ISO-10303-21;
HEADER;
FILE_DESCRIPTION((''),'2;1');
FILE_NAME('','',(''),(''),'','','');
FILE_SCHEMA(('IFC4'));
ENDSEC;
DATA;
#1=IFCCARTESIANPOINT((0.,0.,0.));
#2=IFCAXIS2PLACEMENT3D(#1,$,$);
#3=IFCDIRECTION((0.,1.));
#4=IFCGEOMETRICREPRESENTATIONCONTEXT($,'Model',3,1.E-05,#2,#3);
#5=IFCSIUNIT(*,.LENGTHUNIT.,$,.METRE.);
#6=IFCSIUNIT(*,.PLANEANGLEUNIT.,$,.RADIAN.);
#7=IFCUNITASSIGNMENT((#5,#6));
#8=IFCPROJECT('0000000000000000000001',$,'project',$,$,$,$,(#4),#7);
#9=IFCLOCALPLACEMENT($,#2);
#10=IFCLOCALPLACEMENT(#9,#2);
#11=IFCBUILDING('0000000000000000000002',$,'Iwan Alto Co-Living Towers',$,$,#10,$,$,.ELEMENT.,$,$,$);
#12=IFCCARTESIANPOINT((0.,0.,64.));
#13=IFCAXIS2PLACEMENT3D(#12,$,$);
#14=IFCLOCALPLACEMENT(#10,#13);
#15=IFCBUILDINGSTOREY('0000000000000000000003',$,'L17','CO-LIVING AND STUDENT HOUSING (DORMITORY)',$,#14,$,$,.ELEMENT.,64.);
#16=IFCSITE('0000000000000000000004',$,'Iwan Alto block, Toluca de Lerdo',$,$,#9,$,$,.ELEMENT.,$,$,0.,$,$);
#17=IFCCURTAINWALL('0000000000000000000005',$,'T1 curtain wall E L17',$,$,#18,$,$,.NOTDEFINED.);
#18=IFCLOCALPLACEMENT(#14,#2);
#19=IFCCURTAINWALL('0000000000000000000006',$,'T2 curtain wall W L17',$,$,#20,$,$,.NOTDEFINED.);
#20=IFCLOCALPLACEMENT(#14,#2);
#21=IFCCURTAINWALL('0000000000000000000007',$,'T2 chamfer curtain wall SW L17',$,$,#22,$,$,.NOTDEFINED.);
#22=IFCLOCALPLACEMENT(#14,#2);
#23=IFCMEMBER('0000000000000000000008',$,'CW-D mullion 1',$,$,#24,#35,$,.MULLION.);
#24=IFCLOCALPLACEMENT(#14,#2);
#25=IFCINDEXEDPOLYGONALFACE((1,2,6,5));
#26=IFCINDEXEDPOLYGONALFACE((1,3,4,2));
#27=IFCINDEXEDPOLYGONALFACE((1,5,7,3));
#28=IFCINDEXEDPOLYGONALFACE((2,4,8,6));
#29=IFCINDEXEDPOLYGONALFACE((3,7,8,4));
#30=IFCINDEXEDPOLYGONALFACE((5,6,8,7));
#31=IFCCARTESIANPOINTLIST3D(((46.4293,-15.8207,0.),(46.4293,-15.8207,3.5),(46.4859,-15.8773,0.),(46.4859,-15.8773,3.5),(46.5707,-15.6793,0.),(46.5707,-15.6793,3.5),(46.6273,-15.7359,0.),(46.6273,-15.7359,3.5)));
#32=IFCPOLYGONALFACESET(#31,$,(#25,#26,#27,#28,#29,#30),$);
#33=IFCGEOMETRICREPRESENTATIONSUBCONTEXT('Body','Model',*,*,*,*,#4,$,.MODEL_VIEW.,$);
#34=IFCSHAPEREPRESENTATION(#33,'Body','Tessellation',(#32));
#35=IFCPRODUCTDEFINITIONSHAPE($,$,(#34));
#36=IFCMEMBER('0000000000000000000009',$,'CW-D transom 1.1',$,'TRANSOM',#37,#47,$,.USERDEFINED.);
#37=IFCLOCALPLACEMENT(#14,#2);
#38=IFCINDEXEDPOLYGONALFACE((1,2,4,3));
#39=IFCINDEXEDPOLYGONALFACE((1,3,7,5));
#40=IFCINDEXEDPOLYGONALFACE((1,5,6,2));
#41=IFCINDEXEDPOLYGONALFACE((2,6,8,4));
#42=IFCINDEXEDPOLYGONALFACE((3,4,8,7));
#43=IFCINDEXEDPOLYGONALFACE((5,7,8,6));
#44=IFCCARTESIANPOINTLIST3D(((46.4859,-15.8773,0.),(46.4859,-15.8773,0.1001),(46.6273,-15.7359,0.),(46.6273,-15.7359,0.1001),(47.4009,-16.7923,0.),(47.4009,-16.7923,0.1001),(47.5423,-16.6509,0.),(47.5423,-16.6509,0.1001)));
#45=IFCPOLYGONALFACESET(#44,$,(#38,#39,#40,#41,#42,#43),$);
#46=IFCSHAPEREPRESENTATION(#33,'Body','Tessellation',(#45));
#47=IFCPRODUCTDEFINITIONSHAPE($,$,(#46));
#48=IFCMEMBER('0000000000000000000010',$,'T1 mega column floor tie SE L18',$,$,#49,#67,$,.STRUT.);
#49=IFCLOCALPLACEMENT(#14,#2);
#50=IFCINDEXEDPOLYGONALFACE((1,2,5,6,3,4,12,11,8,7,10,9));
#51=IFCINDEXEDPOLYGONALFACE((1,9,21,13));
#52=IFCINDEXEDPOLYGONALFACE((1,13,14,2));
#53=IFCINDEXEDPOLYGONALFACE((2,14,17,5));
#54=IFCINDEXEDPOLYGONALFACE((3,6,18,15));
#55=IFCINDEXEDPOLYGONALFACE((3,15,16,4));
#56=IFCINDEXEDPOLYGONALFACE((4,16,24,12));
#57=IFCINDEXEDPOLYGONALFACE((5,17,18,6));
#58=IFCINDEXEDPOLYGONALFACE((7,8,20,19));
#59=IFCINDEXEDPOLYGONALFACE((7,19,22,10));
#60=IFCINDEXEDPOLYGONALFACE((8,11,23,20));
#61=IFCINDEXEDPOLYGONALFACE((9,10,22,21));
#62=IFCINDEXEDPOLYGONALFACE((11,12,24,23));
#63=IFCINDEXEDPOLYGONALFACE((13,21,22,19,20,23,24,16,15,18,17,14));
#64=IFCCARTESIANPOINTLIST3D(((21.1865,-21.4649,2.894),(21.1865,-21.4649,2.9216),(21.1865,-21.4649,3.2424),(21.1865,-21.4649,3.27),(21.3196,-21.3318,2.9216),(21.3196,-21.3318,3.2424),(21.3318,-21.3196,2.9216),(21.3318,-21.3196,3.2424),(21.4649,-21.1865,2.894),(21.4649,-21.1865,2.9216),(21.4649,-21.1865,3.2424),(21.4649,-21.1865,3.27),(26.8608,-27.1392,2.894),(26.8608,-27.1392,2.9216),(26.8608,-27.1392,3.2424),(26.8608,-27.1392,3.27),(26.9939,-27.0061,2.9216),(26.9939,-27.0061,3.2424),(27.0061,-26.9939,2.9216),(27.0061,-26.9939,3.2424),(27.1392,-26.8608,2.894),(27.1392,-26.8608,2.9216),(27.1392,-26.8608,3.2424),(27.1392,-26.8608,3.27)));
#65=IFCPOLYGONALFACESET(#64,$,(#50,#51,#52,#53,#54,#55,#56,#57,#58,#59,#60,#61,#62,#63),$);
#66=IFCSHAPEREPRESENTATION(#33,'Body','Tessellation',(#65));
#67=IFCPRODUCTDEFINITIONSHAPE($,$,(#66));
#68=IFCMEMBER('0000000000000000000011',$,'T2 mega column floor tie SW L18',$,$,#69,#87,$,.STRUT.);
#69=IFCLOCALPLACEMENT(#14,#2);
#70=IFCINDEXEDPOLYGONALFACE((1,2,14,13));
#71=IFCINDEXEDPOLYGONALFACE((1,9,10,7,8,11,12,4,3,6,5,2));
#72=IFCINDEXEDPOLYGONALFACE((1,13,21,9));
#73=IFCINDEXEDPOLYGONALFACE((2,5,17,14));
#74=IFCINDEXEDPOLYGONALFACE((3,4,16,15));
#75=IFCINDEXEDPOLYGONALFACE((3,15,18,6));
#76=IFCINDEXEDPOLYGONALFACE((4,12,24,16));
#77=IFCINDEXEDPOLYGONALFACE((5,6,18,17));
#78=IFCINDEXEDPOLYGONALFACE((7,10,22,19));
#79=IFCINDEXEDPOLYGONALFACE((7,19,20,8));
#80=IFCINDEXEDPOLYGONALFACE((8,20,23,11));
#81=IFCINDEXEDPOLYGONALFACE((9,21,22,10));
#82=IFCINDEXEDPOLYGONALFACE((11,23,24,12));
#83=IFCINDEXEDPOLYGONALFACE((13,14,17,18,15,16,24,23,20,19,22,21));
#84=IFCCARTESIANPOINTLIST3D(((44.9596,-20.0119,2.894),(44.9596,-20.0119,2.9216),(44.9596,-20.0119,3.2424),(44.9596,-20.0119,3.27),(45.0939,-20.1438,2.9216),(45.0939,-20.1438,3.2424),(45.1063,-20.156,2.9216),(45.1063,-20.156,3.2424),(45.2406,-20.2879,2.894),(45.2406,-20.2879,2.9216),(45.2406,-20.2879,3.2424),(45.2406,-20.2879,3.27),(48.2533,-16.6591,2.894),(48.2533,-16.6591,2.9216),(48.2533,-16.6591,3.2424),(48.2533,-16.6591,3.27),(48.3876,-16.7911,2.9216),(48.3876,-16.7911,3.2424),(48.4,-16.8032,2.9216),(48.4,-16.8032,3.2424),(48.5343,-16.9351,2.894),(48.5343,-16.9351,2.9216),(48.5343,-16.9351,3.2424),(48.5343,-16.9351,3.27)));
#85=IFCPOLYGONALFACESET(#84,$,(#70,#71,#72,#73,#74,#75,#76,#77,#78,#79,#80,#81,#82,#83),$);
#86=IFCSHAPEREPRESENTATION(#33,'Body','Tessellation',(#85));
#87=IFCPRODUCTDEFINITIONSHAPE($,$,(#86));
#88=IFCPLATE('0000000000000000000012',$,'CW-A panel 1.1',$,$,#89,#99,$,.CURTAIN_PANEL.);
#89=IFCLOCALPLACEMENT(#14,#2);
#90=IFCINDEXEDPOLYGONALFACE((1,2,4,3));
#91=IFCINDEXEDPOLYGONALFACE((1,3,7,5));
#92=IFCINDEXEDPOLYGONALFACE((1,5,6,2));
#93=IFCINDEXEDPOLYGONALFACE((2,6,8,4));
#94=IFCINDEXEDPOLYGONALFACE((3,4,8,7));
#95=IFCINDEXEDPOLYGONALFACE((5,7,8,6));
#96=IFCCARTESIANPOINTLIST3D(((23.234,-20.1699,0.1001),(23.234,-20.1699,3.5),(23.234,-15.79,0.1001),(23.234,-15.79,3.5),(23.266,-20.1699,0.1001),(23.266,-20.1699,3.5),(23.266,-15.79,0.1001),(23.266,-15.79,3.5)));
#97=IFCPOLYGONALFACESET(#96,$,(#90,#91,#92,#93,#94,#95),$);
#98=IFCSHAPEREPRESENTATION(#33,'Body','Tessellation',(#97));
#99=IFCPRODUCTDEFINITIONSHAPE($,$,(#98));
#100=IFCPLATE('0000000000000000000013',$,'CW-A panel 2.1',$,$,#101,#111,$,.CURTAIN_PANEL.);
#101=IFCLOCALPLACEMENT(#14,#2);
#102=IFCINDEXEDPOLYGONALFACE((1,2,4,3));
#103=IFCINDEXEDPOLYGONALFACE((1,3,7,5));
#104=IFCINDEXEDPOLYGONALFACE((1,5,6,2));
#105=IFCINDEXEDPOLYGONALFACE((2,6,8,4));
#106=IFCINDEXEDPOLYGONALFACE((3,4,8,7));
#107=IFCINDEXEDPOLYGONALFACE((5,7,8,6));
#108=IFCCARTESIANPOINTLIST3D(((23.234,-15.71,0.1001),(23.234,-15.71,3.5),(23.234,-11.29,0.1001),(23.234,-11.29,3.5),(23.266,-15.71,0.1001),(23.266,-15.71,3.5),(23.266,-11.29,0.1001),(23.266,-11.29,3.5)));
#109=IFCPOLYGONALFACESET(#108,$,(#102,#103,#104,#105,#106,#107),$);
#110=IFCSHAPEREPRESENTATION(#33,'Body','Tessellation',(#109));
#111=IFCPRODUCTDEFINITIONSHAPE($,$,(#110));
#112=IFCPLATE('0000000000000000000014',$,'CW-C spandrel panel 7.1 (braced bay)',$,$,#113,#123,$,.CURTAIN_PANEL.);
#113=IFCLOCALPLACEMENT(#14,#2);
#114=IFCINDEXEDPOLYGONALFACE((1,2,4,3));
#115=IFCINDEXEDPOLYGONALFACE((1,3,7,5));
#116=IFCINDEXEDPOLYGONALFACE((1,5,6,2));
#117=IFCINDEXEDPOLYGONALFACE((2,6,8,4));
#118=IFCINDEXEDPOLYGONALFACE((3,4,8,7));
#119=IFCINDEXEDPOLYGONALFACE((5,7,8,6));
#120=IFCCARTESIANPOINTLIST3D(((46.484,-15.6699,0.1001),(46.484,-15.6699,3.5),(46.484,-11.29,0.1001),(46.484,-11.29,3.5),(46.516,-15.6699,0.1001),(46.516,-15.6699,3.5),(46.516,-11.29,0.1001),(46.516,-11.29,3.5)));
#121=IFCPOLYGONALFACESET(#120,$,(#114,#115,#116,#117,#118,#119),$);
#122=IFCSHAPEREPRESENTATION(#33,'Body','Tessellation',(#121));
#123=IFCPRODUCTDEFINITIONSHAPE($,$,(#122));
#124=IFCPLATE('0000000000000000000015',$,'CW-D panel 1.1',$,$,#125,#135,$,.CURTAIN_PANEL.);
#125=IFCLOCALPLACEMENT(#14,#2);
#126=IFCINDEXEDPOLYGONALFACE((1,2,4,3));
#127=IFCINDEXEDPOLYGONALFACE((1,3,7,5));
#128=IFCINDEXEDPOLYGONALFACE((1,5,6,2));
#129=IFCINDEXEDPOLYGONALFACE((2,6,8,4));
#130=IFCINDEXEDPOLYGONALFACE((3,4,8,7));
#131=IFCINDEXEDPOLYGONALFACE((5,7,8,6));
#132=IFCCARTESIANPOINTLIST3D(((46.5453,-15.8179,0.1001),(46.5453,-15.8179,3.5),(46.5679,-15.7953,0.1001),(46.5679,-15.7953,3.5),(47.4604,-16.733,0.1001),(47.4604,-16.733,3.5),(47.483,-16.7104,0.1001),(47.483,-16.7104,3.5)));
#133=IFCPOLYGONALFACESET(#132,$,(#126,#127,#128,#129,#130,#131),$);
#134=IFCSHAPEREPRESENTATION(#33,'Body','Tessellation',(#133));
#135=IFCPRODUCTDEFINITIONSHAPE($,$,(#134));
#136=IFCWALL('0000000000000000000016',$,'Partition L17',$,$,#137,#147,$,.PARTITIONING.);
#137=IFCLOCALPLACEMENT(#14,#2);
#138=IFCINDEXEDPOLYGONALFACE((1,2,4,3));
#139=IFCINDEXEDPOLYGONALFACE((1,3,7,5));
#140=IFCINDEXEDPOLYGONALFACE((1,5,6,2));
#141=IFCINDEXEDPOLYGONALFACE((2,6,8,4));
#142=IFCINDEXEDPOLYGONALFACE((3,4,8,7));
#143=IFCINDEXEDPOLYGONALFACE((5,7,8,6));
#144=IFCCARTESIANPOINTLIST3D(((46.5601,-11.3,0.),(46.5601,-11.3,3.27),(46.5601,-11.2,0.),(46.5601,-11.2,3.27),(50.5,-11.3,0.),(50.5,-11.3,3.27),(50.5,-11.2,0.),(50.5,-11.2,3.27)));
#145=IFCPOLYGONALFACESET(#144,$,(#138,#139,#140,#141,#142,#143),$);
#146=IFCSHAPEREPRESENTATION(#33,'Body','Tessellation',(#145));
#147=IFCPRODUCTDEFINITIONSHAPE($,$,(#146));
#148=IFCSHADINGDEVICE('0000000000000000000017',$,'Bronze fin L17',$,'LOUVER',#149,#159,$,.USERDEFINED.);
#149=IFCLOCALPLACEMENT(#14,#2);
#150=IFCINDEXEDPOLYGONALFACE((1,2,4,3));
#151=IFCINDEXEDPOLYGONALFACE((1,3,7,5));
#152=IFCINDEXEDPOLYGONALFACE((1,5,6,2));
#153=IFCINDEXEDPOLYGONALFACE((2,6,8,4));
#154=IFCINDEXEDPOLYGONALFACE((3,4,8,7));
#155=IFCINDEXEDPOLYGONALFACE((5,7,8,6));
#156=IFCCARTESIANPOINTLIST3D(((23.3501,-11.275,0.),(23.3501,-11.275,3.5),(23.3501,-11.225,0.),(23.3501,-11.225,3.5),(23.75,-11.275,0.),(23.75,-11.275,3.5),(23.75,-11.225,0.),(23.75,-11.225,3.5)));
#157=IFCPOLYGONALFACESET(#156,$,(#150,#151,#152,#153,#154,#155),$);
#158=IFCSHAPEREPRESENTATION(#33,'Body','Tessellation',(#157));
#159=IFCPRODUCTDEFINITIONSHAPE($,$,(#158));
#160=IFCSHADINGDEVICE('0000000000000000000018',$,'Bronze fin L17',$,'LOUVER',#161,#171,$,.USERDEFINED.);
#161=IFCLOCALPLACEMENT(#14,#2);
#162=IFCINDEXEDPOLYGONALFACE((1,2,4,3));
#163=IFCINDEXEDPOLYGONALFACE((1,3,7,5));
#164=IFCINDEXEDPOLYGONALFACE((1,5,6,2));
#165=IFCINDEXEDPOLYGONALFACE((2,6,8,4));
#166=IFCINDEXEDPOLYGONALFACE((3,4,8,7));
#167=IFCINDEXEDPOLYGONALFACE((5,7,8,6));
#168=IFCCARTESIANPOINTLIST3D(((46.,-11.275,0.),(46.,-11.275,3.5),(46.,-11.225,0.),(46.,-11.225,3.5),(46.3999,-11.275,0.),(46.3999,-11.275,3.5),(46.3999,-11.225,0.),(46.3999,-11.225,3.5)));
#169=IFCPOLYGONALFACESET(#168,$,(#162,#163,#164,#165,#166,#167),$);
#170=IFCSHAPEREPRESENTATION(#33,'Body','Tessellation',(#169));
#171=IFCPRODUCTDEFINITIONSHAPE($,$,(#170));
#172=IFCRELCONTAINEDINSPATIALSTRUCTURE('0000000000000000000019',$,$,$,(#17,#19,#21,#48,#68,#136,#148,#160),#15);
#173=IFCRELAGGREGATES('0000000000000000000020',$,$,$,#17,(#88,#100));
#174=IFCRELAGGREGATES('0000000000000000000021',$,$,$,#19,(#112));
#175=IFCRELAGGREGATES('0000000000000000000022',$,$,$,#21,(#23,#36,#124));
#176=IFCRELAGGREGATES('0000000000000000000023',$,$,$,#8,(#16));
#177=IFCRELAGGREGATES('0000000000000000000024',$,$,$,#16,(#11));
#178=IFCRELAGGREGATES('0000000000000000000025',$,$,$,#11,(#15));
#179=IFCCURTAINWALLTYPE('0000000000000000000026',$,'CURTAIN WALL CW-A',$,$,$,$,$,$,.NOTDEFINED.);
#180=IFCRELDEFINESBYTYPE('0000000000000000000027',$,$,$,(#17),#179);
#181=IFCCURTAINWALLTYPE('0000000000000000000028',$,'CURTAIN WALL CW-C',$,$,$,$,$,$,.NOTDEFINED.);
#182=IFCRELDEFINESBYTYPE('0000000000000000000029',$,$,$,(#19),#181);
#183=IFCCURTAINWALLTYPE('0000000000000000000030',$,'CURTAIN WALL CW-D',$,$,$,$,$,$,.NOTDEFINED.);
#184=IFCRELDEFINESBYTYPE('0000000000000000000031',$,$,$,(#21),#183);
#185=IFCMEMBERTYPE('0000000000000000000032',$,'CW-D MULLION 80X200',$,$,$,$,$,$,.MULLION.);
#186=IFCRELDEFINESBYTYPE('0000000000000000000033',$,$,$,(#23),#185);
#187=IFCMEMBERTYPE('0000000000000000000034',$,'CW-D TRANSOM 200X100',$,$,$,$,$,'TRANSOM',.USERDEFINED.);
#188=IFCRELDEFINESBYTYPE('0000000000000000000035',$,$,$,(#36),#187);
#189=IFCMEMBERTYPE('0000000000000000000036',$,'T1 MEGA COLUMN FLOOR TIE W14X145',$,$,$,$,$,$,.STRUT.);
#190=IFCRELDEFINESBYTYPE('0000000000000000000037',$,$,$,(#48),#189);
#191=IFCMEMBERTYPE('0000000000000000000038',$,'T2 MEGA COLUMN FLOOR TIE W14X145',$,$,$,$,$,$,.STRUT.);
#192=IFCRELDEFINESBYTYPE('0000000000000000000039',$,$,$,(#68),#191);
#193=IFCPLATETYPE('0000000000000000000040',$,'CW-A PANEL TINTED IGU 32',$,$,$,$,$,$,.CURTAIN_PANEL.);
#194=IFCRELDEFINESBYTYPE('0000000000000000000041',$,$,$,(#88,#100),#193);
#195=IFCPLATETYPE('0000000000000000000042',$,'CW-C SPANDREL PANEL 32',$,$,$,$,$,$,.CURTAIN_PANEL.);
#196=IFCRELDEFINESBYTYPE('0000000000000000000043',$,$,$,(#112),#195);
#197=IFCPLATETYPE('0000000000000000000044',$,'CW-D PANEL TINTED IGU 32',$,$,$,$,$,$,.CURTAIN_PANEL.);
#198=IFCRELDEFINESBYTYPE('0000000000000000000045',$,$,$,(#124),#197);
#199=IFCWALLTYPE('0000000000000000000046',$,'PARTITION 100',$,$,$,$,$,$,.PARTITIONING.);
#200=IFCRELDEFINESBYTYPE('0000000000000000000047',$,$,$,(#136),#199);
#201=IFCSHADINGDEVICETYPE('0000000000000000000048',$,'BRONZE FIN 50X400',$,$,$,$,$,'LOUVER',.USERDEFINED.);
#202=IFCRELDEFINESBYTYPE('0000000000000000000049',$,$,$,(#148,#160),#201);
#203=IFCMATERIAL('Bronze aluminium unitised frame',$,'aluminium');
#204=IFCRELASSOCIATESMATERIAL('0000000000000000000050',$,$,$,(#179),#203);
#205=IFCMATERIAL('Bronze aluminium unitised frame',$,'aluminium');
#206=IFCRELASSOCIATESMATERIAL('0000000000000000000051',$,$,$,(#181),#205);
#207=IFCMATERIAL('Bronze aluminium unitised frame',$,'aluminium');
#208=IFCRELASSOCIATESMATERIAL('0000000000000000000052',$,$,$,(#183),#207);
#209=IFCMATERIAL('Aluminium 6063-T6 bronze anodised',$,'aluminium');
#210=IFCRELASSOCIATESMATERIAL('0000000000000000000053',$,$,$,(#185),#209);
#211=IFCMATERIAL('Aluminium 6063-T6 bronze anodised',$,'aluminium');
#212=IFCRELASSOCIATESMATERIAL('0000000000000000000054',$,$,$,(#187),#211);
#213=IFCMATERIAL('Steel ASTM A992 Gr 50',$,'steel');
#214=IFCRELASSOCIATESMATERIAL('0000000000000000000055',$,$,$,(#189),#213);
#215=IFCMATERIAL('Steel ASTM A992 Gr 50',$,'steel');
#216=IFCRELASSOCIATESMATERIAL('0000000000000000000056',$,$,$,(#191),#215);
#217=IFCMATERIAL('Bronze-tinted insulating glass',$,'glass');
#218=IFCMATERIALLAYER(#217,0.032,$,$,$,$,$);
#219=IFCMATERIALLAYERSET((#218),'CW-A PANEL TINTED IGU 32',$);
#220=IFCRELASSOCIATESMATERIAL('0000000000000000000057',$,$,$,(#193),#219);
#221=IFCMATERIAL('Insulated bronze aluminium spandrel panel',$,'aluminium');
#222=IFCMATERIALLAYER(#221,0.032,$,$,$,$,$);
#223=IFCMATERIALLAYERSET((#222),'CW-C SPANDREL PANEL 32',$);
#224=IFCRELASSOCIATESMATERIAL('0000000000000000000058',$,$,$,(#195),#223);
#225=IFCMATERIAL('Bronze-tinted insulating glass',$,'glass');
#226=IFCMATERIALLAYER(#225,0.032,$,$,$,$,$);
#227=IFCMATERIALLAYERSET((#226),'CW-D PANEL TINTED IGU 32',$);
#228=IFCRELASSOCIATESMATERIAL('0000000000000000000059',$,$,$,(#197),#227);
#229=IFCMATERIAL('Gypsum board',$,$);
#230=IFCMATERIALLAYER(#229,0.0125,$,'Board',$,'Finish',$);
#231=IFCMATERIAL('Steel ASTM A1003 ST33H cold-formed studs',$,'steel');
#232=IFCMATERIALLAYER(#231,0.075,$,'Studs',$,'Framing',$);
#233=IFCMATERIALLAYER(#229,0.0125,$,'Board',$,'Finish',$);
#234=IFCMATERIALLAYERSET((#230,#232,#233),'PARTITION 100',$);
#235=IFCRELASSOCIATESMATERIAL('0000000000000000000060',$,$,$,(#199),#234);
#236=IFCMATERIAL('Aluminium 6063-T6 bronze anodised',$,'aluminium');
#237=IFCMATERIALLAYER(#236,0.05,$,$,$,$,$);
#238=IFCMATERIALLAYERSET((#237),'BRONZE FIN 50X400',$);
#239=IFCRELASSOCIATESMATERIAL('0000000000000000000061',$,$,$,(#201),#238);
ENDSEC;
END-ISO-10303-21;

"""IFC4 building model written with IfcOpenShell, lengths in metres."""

from ifc_helpers import new_model, si_unit, direction, frame, frame_2d, origin, origin_2d, place, context, subcontext, project, spatial, rectangle, i_section, extrude, material, layer, layer_set, material_profile, profile_set, type_object, element, aggregate, save


model = new_model("IFC4")

# Units and contexts
model_context = context("Model", 3, precision=1e-05, world=origin(), true_north=direction((0.0, 1.0)))
body_context = subcontext(model_context, "Body", "Model", "MODEL_VIEW")
ifc_project = project(units=[si_unit("LENGTHUNIT", "METRE"), si_unit("PLANEANGLEUNIT", "RADIAN")], contexts=[model_context])

# Site, building, storey
site_placement = place(None, origin())
site = spatial("IfcSite", under=ifc_project, at=site_placement, Name="Iwan Alto block, Toluca de Lerdo", CompositionType="ELEMENT", RefElevation=0.0)
building_placement = place(site_placement, origin())
building = spatial("IfcBuilding", under=site, at=building_placement, Name="Iwan Alto Co-Living Towers", CompositionType="ELEMENT")
storey_placement = place(building_placement, frame((0.0, 0.0, 64.0)))
storey = spatial("IfcBuildingStorey", under=building, at=storey_placement, Name="L17", Description="CO-LIVING AND STUDENT HOUSING (DORMITORY)", CompositionType="ELEMENT", Elevation=64.0)

# Curtain walls, members
ifc_material_1 = material(Name="Bronze aluminium unitised frame", Category="aluminium")
curtain_wall_type_1 = type_object("IfcCurtainWallType", Name="CURTAIN WALL CW-A", PredefinedType="NOTDEFINED", material=ifc_material_1)
curtain_wall_1_placement = place(storey_placement, origin())
curtain_wall_1 = element("IfcCurtainWall", 1, at=curtain_wall_1_placement, inside=storey, type_object=curtain_wall_type_1, Name="T1 curtain wall E L17", PredefinedType="NOTDEFINED")
ifc_material_2 = material(Name="Bronze aluminium unitised frame", Category="aluminium")
curtain_wall_type_2 = type_object("IfcCurtainWallType", Name="CURTAIN WALL CW-C", PredefinedType="NOTDEFINED", material=ifc_material_2)
curtain_wall_2_placement = place(storey_placement, origin())
curtain_wall_2 = element("IfcCurtainWall", 2, at=curtain_wall_2_placement, inside=storey, type_object=curtain_wall_type_2, Name="T2 curtain wall W L17", PredefinedType="NOTDEFINED")
ifc_material_3 = material(Name="Bronze aluminium unitised frame", Category="aluminium")
curtain_wall_type_3 = type_object("IfcCurtainWallType", Name="CURTAIN WALL CW-D", PredefinedType="NOTDEFINED", material=ifc_material_3)
curtain_wall_3_placement = place(storey_placement, origin())
curtain_wall_3 = element("IfcCurtainWall", 3, at=curtain_wall_3_placement, inside=storey, type_object=curtain_wall_type_3, Name="T2 chamfer curtain wall SW L17", PredefinedType="NOTDEFINED")
ifc_material_4 = material(Name="Aluminium 6063-T6 bronze anodised", Category="aluminium")
ifc_material_profile_1 = material_profile(ifc_material_4, rectangle(XDim=0.2, YDim=0.0801, at=origin_2d()), Name="AL 80X200")
ifc_profile_set_1 = profile_set([ifc_material_profile_1], Name="Aluminium 6063-T6 bronze anodised")
member_type_1 = type_object("IfcMemberType", Name="CW-D MULLION 80X200", PredefinedType="MULLION", material=ifc_profile_set_1)
member_1_placement = place(storey_placement, frame((46.5283, -15.7783, 0.0), z_axis=(0.0, 0.0, 1.0), x_axis=(0.707107, 0.707107, 0.0)))
member_1 = element("IfcMember", 4, at=member_1_placement, type_object=member_type_1, Name="CW-D mullion 1", PredefinedType="MULLION", context=body_context, shape_type="SweptSolid", body=[
    extrude(rectangle(XDim=0.2, YDim=0.0801, at=origin_2d()), origin(), (0.0, 0.0, 1.0), 3.5),
])
ifc_material_5 = material(Name="Aluminium 6063-T6 bronze anodised", Category="aluminium")
ifc_material_profile_2 = material_profile(ifc_material_5, rectangle(XDim=0.2, YDim=0.1001, at=origin_2d()), Name="AL 200X100")
ifc_profile_set_2 = profile_set([ifc_material_profile_2], Name="Aluminium 6063-T6 bronze anodised")
member_type_2 = type_object("IfcMemberType", Name="CW-D TRANSOM 200X100", ElementType="TRANSOM", PredefinedType="USERDEFINED", material=ifc_profile_set_2)
member_2_placement = place(storey_placement, frame((46.5566, -15.8066, 0.05), z_axis=(0.707107, -0.707107, 0.0), x_axis=(0.707107, 0.707107, 0.0)))
member_2 = element("IfcMember", 5, at=member_2_placement, type_object=member_type_2, Name="CW-D transom 1.1", ObjectType="TRANSOM", PredefinedType="USERDEFINED", context=body_context, shape_type="SweptSolid", body=[
    extrude(rectangle(XDim=0.2, YDim=0.1001, at=origin_2d()), origin(), (0.0, 0.0, 1.0), 1.2939),
])

# Members
ifc_material_6 = material(Name="Steel ASTM A992 Gr 50", Category="steel")
ifc_material_profile_3 = material_profile(ifc_material_6, i_section(OverallWidth=0.3938, OverallDepth=0.376, WebThickness=0.0173, FlangeThickness=0.0276, at=origin_2d()), Name="W14X145")
ifc_profile_set_3 = profile_set([ifc_material_profile_3], Name="Steel ASTM A992 Gr 50")
member_type_3 = type_object("IfcMemberType", Name="T1 MEGA COLUMN FLOOR TIE W14X145", PredefinedType="STRUT", material=ifc_profile_set_3)
member_3_placement = place(storey_placement, frame((27.0, -27.0, 3.082), z_axis=(-0.707107, 0.707107, 0.0), x_axis=(-0.707107, -0.707107, 0.0)))
element("IfcMember", 6, at=member_3_placement, inside=storey, type_object=member_type_3, Name="T1 mega column floor tie SE L18", PredefinedType="STRUT", context=body_context, shape_type="SweptSolid", body=[
    extrude(i_section(OverallWidth=0.3938, OverallDepth=0.376, WebThickness=0.0173, FlangeThickness=0.0276, at=origin_2d()), origin(), (0.0, 0.0, 1.0), 8.0247),
])
ifc_material_7 = material(Name="Steel ASTM A992 Gr 50", Category="steel")
ifc_material_profile_4 = material_profile(ifc_material_7, i_section(OverallWidth=0.3938, OverallDepth=0.376, WebThickness=0.0173, FlangeThickness=0.0276, at=origin_2d()), Name="W14X145")
ifc_profile_set_4 = profile_set([ifc_material_profile_4], Name="Steel ASTM A992 Gr 50")
member_type_4 = type_object("IfcMemberType", Name="T2 MEGA COLUMN FLOOR TIE W14X145", PredefinedType="STRUT", material=ifc_profile_set_4)
member_4_placement = place(storey_placement, frame((45.1001, -20.1499, 3.082), z_axis=(0.700793, 0.713364, 0.0), x_axis=(-0.713364, 0.700793, 0.0)))
element("IfcMember", 7, at=member_4_placement, inside=storey, type_object=member_type_4, Name="T2 mega column floor tie SW L18", PredefinedType="STRUT", context=body_context, shape_type="SweptSolid", body=[
    extrude(i_section(OverallWidth=0.3938, OverallDepth=0.376, WebThickness=0.0173, FlangeThickness=0.0276, at=origin_2d()), origin(), (0.0, 0.0, 1.0), 4.7),
])

# Plates
ifc_material_8 = material(Name="Bronze-tinted insulating glass", Category="glass")
ifc_layer_1 = layer(ifc_material_8, 0.032)
ifc_layer_set_1 = layer_set([ifc_layer_1], Name="CW-A PANEL TINTED IGU 32")
plate_type_1 = type_object("IfcPlateType", Name="CW-A PANEL TINTED IGU 32", PredefinedType="CURTAIN_PANEL", material=ifc_layer_set_1)
plate_1_placement = place(storey_placement, frame((23.25, -17.98, 0.1001), z_axis=(0.0, 0.0, 1.0), x_axis=(0.0, 1.0, 0.0)))
plate_1 = element("IfcPlate", 8, at=plate_1_placement, type_object=plate_type_1, Name="CW-A panel 1.1", PredefinedType="CURTAIN_PANEL", context=body_context, shape_type="SweptSolid", body=[
    extrude(rectangle(XDim=4.3799, YDim=0.032, at=origin_2d()), origin(), (0.0, 0.0, 1.0), 3.3999),
])
plate_2_placement = place(storey_placement, frame((23.25, -13.5, 0.1001), z_axis=(0.0, 0.0, 1.0), x_axis=(0.0, 1.0, 0.0)))
plate_2 = element("IfcPlate", 9, at=plate_2_placement, type_object=plate_type_1, Name="CW-A panel 2.1", PredefinedType="CURTAIN_PANEL", context=body_context, shape_type="SweptSolid", body=[
    extrude(rectangle(XDim=4.4199, YDim=0.032, at=origin_2d()), origin(), (0.0, 0.0, 1.0), 3.3999),
])
aggregate(curtain_wall_1, [plate_1, plate_2])
ifc_material_9 = material(Name="Insulated bronze aluminium spandrel panel", Category="aluminium")
ifc_layer_2 = layer(ifc_material_9, 0.032)
ifc_layer_set_2 = layer_set([ifc_layer_2], Name="CW-C SPANDREL PANEL 32")
plate_type_2 = type_object("IfcPlateType", Name="CW-C SPANDREL PANEL 32", PredefinedType="CURTAIN_PANEL", material=ifc_layer_set_2)
plate_3_placement = place(storey_placement, frame((46.5, -13.48, 0.1001), z_axis=(0.0, 0.0, 1.0), x_axis=(0.0, -1.0, 0.0)))
plate_3 = element("IfcPlate", 10, at=plate_3_placement, type_object=plate_type_2, Name="CW-C spandrel panel 7.1 (braced bay)", PredefinedType="CURTAIN_PANEL", context=body_context, shape_type="SweptSolid", body=[
    extrude(rectangle(XDim=4.3799, YDim=0.032, at=origin_2d()), origin(), (0.0, 0.0, 1.0), 3.3999),
])
aggregate(curtain_wall_2, [plate_3])
ifc_material_10 = material(Name="Bronze-tinted insulating glass", Category="glass")
ifc_layer_3 = layer(ifc_material_10, 0.032)
ifc_layer_set_3 = layer_set([ifc_layer_3], Name="CW-D PANEL TINTED IGU 32")
plate_type_3 = type_object("IfcPlateType", Name="CW-D PANEL TINTED IGU 32", PredefinedType="CURTAIN_PANEL", material=ifc_layer_set_3)
plate_4_placement = place(storey_placement, frame((47.0142, -16.2642, 0.1001), z_axis=(0.0, 0.0, 1.0), x_axis=(0.707107, -0.707107, 0.0)))
plate_4 = element("IfcPlate", 11, at=plate_4_placement, type_object=plate_type_3, Name="CW-D panel 1.1", PredefinedType="CURTAIN_PANEL", context=body_context, shape_type="SweptSolid", body=[
    extrude(rectangle(XDim=1.2942, YDim=0.032, at=origin_2d()), origin(), (0.0, 0.0, 1.0), 3.3999),
])
aggregate(curtain_wall_3, [member_1, member_2, plate_4])

# Wall
ifc_material_11 = material(Name="Gypsum board")
ifc_layer_4 = layer(ifc_material_11, 0.0125, Name="Board", Category="Finish")
ifc_material_12 = material(Name="Steel ASTM A1003 ST33H cold-formed studs", Category="steel")
ifc_layer_5 = layer(ifc_material_12, 0.075, Name="Studs", Category="Framing")
ifc_layer_6 = layer(ifc_material_11, 0.0125, Name="Board", Category="Finish")
ifc_layer_set_4 = layer_set([ifc_layer_4, ifc_layer_5, ifc_layer_6], Name="PARTITION 100")
wall_type = type_object("IfcWallType", Name="PARTITION 100", PredefinedType="PARTITIONING", material=ifc_layer_set_4)
wall_placement = place(storey_placement, frame((46.5601, -11.25, 0.0), z_axis=(0.0, 0.0, 1.0), x_axis=(1.0, 0.0, 0.0)))
element("IfcWall", 12, at=wall_placement, inside=storey, type_object=wall_type, Name="Partition L17", PredefinedType="PARTITIONING", context=body_context, shape_type="SweptSolid", body=[
    extrude(rectangle(XDim=3.9399, YDim=0.1001, at=frame_2d((1.97, 0.0))), origin(), (0.0, 0.0, 1.0), 3.27),
])

# Shading devices
ifc_material_13 = material(Name="Aluminium 6063-T6 bronze anodised", Category="aluminium")
ifc_layer_7 = layer(ifc_material_13, 0.05)
ifc_layer_set_5 = layer_set([ifc_layer_7], Name="BRONZE FIN 50X400")
shading_device_type = type_object("IfcShadingDeviceType", Name="BRONZE FIN 50X400", ElementType="LOUVER", PredefinedType="USERDEFINED", material=ifc_layer_set_5)
for number, where, z_axis, x_axis, name in (
    (13, (23.55, -11.25, 0.0), (0.0, 0.0, 1.0), (0.0, 1.0, 0.0), "Bronze fin L17"),
    (14, (46.2, -11.25, 0.0), (0.0, 0.0, 1.0), (0.0, -1.0, 0.0), "Bronze fin L17"),
):
    element("IfcShadingDevice", number, at=place(storey_placement, frame(where, z_axis=z_axis, x_axis=x_axis)), inside=storey, type_object=shading_device_type, Name=name, ObjectType="LOUVER", PredefinedType="USERDEFINED", context=body_context, shape_type="SweptSolid", body=[
        extrude(rectangle(XDim=0.05, YDim=0.3999, at=origin_2d()), origin(), (0.0, 0.0, 1.0), 3.5),
    ])

save(model, "model.ifc")
